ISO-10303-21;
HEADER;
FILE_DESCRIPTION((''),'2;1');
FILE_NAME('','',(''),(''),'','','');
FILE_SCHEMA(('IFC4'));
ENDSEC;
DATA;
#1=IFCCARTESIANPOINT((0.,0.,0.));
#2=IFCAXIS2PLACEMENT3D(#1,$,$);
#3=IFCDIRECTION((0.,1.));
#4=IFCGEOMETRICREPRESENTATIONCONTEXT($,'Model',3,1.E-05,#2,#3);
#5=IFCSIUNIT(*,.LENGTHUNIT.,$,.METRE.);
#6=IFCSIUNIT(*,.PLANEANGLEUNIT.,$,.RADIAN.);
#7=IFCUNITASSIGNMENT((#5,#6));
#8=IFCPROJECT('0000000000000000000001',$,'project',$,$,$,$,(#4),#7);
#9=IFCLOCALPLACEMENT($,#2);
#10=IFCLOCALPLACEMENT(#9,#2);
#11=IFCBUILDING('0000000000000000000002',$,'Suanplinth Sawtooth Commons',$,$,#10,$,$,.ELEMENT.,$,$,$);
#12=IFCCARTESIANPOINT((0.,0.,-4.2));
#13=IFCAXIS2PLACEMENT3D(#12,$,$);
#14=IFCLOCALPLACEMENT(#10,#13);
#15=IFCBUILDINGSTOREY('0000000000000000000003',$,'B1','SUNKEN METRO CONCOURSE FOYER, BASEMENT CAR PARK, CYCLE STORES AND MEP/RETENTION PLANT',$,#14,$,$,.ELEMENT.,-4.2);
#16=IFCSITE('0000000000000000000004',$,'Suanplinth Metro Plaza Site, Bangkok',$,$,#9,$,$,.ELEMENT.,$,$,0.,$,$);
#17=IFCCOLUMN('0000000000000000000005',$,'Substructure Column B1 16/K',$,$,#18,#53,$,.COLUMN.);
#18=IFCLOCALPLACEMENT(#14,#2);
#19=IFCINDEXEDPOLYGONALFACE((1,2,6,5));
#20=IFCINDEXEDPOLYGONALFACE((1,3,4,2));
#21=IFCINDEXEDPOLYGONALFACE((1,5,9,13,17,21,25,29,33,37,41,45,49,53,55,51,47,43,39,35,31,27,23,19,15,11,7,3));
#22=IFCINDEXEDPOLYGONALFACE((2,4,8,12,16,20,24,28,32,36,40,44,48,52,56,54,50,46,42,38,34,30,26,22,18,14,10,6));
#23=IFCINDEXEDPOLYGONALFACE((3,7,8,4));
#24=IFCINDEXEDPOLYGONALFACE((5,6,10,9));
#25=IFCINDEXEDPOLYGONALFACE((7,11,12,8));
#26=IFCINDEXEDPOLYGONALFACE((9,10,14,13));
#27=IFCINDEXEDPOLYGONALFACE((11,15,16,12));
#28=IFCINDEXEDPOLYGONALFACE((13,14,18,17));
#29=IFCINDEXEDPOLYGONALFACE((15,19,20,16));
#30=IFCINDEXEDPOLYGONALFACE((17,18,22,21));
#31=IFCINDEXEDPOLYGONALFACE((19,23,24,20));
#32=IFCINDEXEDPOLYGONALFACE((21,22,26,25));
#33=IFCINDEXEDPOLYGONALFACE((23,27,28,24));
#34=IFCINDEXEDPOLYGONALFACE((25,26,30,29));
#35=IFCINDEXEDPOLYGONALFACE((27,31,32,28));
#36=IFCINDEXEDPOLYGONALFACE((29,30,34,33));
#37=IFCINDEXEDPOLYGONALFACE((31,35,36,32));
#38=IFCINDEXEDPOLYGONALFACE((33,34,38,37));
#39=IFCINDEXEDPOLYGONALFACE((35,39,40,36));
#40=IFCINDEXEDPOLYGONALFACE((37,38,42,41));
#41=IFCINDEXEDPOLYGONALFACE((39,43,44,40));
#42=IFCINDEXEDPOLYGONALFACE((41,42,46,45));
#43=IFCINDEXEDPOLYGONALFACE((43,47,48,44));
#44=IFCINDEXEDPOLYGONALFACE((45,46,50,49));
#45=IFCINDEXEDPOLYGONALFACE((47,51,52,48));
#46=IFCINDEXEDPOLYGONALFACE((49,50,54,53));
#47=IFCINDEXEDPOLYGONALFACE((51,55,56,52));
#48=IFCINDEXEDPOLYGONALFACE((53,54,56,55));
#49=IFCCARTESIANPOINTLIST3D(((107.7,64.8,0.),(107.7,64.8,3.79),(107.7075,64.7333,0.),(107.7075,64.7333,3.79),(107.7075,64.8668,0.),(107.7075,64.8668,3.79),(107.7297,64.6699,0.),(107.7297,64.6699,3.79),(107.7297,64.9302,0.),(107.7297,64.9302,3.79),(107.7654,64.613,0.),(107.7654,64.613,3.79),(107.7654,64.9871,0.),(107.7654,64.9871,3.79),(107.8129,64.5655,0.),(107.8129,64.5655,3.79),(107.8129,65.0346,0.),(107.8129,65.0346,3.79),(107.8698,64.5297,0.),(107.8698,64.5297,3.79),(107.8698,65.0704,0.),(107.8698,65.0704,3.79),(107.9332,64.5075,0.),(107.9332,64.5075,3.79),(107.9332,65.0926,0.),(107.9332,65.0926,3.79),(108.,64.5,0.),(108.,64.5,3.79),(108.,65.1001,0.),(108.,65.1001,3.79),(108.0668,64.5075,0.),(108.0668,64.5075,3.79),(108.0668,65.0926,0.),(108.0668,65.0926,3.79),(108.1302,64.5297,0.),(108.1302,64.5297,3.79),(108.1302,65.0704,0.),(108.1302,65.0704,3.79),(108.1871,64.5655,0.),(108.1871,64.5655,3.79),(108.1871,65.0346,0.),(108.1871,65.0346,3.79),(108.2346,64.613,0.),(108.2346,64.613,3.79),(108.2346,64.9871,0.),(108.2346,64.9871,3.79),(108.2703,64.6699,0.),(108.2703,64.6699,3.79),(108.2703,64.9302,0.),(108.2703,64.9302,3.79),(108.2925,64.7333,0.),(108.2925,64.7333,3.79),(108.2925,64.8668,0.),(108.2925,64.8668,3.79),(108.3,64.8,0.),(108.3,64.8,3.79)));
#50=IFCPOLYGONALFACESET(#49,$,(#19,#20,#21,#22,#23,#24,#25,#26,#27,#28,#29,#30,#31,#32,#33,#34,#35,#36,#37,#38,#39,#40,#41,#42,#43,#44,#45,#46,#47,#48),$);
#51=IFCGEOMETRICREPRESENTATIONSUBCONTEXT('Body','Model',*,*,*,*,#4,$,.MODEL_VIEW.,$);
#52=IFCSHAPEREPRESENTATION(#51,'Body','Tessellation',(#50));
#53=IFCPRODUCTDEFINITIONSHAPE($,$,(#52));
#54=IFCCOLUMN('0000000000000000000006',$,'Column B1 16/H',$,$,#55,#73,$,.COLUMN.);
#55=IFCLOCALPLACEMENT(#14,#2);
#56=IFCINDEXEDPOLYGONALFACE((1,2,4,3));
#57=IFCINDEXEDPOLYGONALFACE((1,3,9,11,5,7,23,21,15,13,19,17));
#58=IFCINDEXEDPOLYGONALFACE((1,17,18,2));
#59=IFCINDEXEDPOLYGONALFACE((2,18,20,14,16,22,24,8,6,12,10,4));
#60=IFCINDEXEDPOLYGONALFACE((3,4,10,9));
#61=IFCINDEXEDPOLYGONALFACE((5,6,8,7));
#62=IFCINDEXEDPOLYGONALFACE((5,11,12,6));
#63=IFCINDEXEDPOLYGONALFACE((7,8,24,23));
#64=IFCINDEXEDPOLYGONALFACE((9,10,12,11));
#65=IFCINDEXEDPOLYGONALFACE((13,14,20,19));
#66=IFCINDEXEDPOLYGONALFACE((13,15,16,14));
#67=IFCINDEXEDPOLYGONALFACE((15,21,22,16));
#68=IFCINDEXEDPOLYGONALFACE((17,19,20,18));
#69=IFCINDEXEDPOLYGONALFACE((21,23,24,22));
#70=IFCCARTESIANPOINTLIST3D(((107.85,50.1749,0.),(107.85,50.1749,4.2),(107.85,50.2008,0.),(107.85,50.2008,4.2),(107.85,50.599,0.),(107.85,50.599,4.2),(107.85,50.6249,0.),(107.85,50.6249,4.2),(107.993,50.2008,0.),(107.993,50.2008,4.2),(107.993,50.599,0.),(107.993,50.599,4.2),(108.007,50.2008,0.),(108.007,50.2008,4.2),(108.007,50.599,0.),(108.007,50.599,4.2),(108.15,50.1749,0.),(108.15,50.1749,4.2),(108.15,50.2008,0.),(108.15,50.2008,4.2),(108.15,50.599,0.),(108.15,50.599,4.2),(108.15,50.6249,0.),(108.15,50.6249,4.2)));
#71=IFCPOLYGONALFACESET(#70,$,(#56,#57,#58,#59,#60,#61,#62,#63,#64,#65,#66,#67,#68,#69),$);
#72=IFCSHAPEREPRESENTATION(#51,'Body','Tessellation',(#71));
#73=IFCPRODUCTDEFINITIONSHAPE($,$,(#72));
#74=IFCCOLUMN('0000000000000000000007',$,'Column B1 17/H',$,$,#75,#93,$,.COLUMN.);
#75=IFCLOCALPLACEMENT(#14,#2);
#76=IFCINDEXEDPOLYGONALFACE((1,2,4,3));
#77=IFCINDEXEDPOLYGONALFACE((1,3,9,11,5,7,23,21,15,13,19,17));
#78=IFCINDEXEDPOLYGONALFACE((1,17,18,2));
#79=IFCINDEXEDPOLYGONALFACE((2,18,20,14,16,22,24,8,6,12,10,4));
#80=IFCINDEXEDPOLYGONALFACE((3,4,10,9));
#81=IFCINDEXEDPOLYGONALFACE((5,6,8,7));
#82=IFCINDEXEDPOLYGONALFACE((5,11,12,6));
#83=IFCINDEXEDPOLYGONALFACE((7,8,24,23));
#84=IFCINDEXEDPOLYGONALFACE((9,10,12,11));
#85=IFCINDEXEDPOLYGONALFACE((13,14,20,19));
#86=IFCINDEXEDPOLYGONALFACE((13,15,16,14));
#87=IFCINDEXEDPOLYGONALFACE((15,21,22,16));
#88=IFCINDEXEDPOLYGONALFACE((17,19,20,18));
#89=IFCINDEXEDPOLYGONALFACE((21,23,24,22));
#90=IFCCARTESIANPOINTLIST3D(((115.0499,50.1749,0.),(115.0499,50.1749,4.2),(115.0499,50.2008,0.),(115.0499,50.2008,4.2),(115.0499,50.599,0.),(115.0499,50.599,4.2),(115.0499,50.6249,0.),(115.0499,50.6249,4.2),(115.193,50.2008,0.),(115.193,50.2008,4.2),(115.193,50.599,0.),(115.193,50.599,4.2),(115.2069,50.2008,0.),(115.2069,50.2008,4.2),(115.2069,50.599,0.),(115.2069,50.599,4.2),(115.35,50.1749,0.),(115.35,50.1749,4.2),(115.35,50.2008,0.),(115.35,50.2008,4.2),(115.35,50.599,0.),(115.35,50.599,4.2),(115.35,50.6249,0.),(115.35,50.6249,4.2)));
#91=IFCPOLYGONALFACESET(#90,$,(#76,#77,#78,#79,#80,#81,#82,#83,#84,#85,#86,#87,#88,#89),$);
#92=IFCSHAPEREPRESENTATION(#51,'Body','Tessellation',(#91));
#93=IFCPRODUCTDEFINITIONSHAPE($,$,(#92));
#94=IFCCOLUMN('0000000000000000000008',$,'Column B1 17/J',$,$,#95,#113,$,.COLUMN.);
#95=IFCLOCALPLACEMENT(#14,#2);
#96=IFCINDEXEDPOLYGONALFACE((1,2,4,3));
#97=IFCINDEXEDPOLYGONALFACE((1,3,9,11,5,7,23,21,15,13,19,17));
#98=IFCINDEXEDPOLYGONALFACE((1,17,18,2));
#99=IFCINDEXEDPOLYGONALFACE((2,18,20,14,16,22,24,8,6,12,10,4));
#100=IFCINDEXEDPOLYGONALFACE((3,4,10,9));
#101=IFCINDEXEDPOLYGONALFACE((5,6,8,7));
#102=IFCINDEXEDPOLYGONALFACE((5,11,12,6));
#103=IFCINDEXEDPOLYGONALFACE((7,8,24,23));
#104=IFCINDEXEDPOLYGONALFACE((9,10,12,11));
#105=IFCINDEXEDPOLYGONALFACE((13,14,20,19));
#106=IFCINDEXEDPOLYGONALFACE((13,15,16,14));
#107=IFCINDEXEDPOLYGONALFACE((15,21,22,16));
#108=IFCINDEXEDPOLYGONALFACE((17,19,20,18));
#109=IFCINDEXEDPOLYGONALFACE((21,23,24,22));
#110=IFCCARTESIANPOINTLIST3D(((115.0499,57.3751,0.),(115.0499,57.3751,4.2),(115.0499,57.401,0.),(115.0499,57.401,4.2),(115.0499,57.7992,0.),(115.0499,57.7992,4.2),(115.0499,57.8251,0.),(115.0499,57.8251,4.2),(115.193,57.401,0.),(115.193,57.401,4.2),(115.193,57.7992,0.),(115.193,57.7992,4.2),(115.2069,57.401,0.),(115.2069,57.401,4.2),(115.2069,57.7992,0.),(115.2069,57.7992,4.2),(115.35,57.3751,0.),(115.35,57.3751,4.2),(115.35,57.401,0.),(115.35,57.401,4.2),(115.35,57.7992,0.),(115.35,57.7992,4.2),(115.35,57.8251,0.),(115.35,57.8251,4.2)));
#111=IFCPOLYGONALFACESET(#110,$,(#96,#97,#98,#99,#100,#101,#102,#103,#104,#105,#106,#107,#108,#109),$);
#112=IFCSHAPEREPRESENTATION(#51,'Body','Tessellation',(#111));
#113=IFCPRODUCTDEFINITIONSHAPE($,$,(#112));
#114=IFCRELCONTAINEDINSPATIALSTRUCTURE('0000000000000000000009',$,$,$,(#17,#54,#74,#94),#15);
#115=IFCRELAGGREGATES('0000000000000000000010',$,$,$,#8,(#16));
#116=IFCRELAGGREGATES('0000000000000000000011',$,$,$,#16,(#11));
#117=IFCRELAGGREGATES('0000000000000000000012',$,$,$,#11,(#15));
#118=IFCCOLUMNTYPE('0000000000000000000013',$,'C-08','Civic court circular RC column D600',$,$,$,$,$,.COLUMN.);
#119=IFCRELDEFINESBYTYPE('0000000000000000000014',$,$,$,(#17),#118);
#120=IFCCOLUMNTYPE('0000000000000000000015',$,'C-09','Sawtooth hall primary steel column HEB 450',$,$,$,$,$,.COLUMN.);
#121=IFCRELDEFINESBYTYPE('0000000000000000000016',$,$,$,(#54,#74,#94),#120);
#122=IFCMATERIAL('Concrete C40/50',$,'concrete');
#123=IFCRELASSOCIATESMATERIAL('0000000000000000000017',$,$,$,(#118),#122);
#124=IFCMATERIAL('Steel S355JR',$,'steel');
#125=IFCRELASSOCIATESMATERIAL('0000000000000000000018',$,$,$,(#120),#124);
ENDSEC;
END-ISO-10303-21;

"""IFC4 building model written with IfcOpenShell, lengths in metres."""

from ifc_helpers import new_model, si_unit, direction, frame, origin, origin_2d, place, context, subcontext, project, spatial, circle, i_section, extrude, material, material_profile, profile_set, type_object, element, save


model = new_model("IFC4")

# Units and contexts
model_context = context("Model", 3, precision=1e-05, world=origin(), true_north=direction((0.0, 1.0)))
body_context = subcontext(model_context, "Body", "Model", "MODEL_VIEW")
ifc_project = project(units=[si_unit("LENGTHUNIT", "METRE"), si_unit("PLANEANGLEUNIT", "RADIAN")], contexts=[model_context])

# Site, building, storey
site_placement = place(None, origin())
site = spatial("IfcSite", under=ifc_project, at=site_placement, Name="Suanplinth Metro Plaza Site, Bangkok", CompositionType="ELEMENT", RefElevation=0.0)
building_placement = place(site_placement, origin())
building = spatial("IfcBuilding", under=site, at=building_placement, Name="Suanplinth Sawtooth Commons", CompositionType="ELEMENT")
storey_placement = place(building_placement, frame((0.0, 0.0, -4.2)))
storey = spatial("IfcBuildingStorey", under=building, at=storey_placement, Name="B1", Description="SUNKEN METRO CONCOURSE FOYER, BASEMENT CAR PARK, CYCLE STORES AND MEP/RETENTION PLANT", CompositionType="ELEMENT", Elevation=-4.2)

# Columns
ifc_material_1 = material(Name="Concrete C40/50", Category="concrete")
ifc_material_profile_1 = material_profile(ifc_material_1, circle(Radius=0.3, at=origin_2d()), Name="RC-CIRC D600")
ifc_profile_set_1 = profile_set([ifc_material_profile_1], Name="Concrete C40/50")
column_type_1 = type_object("IfcColumnType", Name="C-08", Description="Civic court circular RC column D600", PredefinedType="COLUMN", material=ifc_profile_set_1)
for number, where, z_axis, x_axis, name in (
    (1, (108.0, 64.8, 0.0), (0.0, 0.0, 1.0), (1.0, 0.0, 0.0), "Substructure Column B1 16/K"),
):
    element("IfcColumn", number, at=place(storey_placement, frame(where, z_axis=z_axis, x_axis=x_axis)), inside=storey, type_object=column_type_1, Name=name, PredefinedType="COLUMN", context=body_context, shape_type="SweptSolid", body=[
        extrude(circle(Radius=0.3, at=origin_2d()), origin(), (0.0, 0.0, 1.0), 3.79),
    ])
ifc_material_2 = material(Name="Steel S355JR", Category="steel")
ifc_material_profile_2 = material_profile(ifc_material_2, i_section(OverallWidth=0.3, OverallDepth=0.45, WebThickness=0.0139, FlangeThickness=0.0259, at=origin_2d()), Name="HEB 450")
ifc_profile_set_2 = profile_set([ifc_material_profile_2], Name="Steel S355JR")
column_type_2 = type_object("IfcColumnType", Name="C-09", Description="Sawtooth hall primary steel column HEB 450", PredefinedType="COLUMN", material=ifc_profile_set_2)
for number, where, z_axis, x_axis, name in (
    (2, (108.0, 50.3999, 0.0), (0.0, 0.0, 1.0), (1.0, 0.0, 0.0), "Column B1 16/H"),
    (3, (115.2, 50.3999, 0.0), (0.0, 0.0, 1.0), (1.0, 0.0, 0.0), "Column B1 17/H"),
    (4, (115.2, 57.6001, 0.0), (0.0, 0.0, 1.0), (1.0, 0.0, 0.0), "Column B1 17/J"),
):
    element("IfcColumn", number, at=place(storey_placement, frame(where, z_axis=z_axis, x_axis=x_axis)), inside=storey, type_object=column_type_2, Name=name, PredefinedType="COLUMN", context=body_context, shape_type="SweptSolid", body=[
        extrude(i_section(OverallWidth=0.3, OverallDepth=0.45, WebThickness=0.0139, FlangeThickness=0.0259, at=origin_2d()), origin(), (0.0, 0.0, 1.0), 4.2),
    ])

save(model, "model.ifc")
